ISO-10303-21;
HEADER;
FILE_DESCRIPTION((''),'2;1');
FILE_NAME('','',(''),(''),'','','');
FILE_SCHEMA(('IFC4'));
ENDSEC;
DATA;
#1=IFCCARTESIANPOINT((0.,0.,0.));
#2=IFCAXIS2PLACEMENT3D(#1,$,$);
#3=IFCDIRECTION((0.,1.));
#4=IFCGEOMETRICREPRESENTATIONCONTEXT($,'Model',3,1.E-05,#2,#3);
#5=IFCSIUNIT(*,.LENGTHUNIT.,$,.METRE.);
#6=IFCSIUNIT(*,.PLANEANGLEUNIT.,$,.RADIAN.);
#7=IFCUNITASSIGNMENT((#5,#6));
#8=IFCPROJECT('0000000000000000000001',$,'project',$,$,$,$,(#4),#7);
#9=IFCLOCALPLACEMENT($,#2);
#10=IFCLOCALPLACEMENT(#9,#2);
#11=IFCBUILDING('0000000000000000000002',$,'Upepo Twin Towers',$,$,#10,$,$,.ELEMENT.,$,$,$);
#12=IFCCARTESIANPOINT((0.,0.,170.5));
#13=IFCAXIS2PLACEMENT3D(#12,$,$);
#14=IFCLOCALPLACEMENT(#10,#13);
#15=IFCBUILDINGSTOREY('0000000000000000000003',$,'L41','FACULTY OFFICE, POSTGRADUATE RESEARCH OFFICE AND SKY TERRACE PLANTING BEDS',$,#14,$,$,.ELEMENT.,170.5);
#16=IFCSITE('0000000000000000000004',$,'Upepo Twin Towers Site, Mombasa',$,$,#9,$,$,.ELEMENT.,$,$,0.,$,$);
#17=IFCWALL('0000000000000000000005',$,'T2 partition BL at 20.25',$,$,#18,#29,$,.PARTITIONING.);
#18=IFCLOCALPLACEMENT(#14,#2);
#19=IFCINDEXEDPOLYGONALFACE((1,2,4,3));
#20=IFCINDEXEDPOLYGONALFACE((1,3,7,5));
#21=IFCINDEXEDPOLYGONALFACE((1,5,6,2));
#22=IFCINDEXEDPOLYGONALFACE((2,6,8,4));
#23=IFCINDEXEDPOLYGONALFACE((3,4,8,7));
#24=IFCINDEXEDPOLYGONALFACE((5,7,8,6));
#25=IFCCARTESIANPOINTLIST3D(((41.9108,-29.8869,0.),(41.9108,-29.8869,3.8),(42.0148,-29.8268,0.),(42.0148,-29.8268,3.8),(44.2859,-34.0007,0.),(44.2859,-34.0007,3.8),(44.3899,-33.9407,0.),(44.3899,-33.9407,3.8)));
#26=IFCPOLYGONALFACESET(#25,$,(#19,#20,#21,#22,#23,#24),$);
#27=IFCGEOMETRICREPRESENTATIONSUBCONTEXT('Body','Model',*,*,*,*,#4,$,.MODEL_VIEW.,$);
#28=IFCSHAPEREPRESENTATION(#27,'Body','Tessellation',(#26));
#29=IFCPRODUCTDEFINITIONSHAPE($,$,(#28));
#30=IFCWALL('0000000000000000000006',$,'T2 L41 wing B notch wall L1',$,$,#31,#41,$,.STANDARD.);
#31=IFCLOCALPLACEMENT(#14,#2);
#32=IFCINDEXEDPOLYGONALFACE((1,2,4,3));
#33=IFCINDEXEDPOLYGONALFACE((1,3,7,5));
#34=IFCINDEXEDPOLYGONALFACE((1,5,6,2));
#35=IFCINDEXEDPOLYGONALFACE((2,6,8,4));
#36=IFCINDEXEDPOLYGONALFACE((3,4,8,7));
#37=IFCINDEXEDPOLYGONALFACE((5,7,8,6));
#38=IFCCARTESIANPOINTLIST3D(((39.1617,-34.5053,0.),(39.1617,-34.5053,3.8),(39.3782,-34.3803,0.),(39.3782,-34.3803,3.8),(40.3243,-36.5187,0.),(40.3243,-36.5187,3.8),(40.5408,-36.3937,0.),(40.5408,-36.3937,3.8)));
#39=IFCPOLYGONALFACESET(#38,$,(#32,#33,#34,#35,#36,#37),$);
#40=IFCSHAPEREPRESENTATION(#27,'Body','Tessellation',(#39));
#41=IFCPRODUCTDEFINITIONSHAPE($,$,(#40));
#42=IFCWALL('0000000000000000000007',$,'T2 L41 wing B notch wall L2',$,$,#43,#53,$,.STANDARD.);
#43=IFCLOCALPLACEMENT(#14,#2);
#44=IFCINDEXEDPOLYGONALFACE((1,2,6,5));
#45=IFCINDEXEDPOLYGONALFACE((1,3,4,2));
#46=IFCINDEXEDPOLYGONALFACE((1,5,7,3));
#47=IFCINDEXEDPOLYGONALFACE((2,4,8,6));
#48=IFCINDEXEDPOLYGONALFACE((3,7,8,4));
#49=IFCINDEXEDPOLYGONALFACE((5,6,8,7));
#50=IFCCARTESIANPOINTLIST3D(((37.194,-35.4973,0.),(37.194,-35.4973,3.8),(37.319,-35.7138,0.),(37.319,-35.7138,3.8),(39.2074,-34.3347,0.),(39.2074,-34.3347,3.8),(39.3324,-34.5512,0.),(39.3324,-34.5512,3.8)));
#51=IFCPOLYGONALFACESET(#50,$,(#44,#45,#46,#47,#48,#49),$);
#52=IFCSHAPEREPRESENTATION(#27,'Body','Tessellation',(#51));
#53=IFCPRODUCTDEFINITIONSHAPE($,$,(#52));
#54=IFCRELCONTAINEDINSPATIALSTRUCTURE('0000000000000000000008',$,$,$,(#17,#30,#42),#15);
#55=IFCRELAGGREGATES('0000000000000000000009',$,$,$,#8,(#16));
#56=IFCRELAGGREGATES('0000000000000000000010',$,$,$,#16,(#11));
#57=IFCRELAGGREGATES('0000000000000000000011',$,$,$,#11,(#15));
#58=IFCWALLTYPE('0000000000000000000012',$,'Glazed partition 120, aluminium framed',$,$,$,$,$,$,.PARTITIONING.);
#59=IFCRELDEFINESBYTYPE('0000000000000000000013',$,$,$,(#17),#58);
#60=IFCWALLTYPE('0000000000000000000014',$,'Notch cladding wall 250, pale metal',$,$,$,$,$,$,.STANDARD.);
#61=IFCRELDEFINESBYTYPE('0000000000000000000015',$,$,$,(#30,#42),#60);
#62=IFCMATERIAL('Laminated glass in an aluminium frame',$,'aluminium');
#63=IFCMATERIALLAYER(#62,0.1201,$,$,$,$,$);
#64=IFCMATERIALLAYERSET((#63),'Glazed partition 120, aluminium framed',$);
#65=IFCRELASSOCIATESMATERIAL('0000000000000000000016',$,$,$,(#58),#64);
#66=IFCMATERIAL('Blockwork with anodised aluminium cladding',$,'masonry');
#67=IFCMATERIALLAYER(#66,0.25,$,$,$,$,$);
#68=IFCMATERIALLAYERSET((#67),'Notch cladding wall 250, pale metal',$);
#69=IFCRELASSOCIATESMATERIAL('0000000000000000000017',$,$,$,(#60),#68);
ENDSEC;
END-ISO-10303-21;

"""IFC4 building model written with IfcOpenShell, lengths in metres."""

from ifc_helpers import new_model, si_unit, direction, frame, frame_2d, origin, place, context, subcontext, project, spatial, rectangle, extrude, material, layer, layer_set, type_object, element, save


model = new_model("IFC4")

# Units and contexts
model_context = context("Model", 3, precision=1e-05, world=origin(), true_north=direction((0.0, 1.0)))
body_context = subcontext(model_context, "Body", "Model", "MODEL_VIEW")
ifc_project = project(units=[si_unit("LENGTHUNIT", "METRE"), si_unit("PLANEANGLEUNIT", "RADIAN")], contexts=[model_context])

# Site, building, storey
site_placement = place(None, origin())
site = spatial("IfcSite", under=ifc_project, at=site_placement, Name="Upepo Twin Towers Site, Mombasa", CompositionType="ELEMENT", RefElevation=0.0)
building_placement = place(site_placement, origin())
building = spatial("IfcBuilding", under=site, at=building_placement, Name="Upepo Twin Towers", CompositionType="ELEMENT")
storey_placement = place(building_placement, frame((0.0, 0.0, 170.5)))
storey = spatial("IfcBuildingStorey", under=building, at=storey_placement, Name="L41", Description="FACULTY OFFICE, POSTGRADUATE RESEARCH OFFICE AND SKY TERRACE PLANTING BEDS", CompositionType="ELEMENT", Elevation=170.5)

# Walls
ifc_material_1 = material(Name="Laminated glass in an aluminium frame", Category="aluminium")
ifc_layer_1 = layer(ifc_material_1, 0.1201)
ifc_layer_set_1 = layer_set([ifc_layer_1], Name="Glazed partition 120, aluminium framed")
wall_type_1 = type_object("IfcWallType", Name="Glazed partition 120, aluminium framed", PredefinedType="PARTITIONING", material=ifc_layer_set_1)
wall_placement = place(storey_placement, frame((41.9629, -29.8569, 0.0), z_axis=(0.0, 0.0, 1.0), x_axis=(0.499986, -0.866033, 0.0)))
element("IfcWall", 1, at=wall_placement, inside=storey, type_object=wall_type_1, Name="T2 partition BL at 20.25", PredefinedType="PARTITIONING", context=body_context, shape_type="SweptSolid", body=[
    extrude(rectangle(XDim=4.7502, YDim=0.1201, at=frame_2d((2.375, 0.0))), origin(), (0.0, 0.0, 1.0), 3.8),
])
ifc_material_2 = material(Name="Blockwork with anodised aluminium cladding", Category="masonry")
ifc_layer_2 = layer(ifc_material_2, 0.25)
ifc_layer_set_2 = layer_set([ifc_layer_2], Name="Notch cladding wall 250, pale metal")
wall_type_2 = type_object("IfcWallType", Name="Notch cladding wall 250, pale metal", PredefinedType="STANDARD", material=ifc_layer_set_2)
for number, where, z_axis, x_axis, name in (
    (2, (40.4326, -36.4563, 0.0), (0.0, 0.0, 1.0), (-0.500047, 0.865998, 0.0), "T2 L41 wing B notch wall L1"),
    (3, (39.27, -34.4429, 0.0), (0.0, 0.0, 1.0), (-0.865998, -0.500047, 0.0), "T2 L41 wing B notch wall L2"),
):
    element("IfcWall", number, at=place(storey_placement, frame(where, z_axis=z_axis, x_axis=x_axis)), inside=storey, type_object=wall_type_2, Name=name, PredefinedType="STANDARD", context=body_context, shape_type="SweptSolid", body=[
        extrude(rectangle(XDim=2.325, YDim=0.25, at=frame_2d((1.1626, 0.0))), origin(), (0.0, 0.0, 1.0), 3.8),
    ])

save(model, "model.ifc")
